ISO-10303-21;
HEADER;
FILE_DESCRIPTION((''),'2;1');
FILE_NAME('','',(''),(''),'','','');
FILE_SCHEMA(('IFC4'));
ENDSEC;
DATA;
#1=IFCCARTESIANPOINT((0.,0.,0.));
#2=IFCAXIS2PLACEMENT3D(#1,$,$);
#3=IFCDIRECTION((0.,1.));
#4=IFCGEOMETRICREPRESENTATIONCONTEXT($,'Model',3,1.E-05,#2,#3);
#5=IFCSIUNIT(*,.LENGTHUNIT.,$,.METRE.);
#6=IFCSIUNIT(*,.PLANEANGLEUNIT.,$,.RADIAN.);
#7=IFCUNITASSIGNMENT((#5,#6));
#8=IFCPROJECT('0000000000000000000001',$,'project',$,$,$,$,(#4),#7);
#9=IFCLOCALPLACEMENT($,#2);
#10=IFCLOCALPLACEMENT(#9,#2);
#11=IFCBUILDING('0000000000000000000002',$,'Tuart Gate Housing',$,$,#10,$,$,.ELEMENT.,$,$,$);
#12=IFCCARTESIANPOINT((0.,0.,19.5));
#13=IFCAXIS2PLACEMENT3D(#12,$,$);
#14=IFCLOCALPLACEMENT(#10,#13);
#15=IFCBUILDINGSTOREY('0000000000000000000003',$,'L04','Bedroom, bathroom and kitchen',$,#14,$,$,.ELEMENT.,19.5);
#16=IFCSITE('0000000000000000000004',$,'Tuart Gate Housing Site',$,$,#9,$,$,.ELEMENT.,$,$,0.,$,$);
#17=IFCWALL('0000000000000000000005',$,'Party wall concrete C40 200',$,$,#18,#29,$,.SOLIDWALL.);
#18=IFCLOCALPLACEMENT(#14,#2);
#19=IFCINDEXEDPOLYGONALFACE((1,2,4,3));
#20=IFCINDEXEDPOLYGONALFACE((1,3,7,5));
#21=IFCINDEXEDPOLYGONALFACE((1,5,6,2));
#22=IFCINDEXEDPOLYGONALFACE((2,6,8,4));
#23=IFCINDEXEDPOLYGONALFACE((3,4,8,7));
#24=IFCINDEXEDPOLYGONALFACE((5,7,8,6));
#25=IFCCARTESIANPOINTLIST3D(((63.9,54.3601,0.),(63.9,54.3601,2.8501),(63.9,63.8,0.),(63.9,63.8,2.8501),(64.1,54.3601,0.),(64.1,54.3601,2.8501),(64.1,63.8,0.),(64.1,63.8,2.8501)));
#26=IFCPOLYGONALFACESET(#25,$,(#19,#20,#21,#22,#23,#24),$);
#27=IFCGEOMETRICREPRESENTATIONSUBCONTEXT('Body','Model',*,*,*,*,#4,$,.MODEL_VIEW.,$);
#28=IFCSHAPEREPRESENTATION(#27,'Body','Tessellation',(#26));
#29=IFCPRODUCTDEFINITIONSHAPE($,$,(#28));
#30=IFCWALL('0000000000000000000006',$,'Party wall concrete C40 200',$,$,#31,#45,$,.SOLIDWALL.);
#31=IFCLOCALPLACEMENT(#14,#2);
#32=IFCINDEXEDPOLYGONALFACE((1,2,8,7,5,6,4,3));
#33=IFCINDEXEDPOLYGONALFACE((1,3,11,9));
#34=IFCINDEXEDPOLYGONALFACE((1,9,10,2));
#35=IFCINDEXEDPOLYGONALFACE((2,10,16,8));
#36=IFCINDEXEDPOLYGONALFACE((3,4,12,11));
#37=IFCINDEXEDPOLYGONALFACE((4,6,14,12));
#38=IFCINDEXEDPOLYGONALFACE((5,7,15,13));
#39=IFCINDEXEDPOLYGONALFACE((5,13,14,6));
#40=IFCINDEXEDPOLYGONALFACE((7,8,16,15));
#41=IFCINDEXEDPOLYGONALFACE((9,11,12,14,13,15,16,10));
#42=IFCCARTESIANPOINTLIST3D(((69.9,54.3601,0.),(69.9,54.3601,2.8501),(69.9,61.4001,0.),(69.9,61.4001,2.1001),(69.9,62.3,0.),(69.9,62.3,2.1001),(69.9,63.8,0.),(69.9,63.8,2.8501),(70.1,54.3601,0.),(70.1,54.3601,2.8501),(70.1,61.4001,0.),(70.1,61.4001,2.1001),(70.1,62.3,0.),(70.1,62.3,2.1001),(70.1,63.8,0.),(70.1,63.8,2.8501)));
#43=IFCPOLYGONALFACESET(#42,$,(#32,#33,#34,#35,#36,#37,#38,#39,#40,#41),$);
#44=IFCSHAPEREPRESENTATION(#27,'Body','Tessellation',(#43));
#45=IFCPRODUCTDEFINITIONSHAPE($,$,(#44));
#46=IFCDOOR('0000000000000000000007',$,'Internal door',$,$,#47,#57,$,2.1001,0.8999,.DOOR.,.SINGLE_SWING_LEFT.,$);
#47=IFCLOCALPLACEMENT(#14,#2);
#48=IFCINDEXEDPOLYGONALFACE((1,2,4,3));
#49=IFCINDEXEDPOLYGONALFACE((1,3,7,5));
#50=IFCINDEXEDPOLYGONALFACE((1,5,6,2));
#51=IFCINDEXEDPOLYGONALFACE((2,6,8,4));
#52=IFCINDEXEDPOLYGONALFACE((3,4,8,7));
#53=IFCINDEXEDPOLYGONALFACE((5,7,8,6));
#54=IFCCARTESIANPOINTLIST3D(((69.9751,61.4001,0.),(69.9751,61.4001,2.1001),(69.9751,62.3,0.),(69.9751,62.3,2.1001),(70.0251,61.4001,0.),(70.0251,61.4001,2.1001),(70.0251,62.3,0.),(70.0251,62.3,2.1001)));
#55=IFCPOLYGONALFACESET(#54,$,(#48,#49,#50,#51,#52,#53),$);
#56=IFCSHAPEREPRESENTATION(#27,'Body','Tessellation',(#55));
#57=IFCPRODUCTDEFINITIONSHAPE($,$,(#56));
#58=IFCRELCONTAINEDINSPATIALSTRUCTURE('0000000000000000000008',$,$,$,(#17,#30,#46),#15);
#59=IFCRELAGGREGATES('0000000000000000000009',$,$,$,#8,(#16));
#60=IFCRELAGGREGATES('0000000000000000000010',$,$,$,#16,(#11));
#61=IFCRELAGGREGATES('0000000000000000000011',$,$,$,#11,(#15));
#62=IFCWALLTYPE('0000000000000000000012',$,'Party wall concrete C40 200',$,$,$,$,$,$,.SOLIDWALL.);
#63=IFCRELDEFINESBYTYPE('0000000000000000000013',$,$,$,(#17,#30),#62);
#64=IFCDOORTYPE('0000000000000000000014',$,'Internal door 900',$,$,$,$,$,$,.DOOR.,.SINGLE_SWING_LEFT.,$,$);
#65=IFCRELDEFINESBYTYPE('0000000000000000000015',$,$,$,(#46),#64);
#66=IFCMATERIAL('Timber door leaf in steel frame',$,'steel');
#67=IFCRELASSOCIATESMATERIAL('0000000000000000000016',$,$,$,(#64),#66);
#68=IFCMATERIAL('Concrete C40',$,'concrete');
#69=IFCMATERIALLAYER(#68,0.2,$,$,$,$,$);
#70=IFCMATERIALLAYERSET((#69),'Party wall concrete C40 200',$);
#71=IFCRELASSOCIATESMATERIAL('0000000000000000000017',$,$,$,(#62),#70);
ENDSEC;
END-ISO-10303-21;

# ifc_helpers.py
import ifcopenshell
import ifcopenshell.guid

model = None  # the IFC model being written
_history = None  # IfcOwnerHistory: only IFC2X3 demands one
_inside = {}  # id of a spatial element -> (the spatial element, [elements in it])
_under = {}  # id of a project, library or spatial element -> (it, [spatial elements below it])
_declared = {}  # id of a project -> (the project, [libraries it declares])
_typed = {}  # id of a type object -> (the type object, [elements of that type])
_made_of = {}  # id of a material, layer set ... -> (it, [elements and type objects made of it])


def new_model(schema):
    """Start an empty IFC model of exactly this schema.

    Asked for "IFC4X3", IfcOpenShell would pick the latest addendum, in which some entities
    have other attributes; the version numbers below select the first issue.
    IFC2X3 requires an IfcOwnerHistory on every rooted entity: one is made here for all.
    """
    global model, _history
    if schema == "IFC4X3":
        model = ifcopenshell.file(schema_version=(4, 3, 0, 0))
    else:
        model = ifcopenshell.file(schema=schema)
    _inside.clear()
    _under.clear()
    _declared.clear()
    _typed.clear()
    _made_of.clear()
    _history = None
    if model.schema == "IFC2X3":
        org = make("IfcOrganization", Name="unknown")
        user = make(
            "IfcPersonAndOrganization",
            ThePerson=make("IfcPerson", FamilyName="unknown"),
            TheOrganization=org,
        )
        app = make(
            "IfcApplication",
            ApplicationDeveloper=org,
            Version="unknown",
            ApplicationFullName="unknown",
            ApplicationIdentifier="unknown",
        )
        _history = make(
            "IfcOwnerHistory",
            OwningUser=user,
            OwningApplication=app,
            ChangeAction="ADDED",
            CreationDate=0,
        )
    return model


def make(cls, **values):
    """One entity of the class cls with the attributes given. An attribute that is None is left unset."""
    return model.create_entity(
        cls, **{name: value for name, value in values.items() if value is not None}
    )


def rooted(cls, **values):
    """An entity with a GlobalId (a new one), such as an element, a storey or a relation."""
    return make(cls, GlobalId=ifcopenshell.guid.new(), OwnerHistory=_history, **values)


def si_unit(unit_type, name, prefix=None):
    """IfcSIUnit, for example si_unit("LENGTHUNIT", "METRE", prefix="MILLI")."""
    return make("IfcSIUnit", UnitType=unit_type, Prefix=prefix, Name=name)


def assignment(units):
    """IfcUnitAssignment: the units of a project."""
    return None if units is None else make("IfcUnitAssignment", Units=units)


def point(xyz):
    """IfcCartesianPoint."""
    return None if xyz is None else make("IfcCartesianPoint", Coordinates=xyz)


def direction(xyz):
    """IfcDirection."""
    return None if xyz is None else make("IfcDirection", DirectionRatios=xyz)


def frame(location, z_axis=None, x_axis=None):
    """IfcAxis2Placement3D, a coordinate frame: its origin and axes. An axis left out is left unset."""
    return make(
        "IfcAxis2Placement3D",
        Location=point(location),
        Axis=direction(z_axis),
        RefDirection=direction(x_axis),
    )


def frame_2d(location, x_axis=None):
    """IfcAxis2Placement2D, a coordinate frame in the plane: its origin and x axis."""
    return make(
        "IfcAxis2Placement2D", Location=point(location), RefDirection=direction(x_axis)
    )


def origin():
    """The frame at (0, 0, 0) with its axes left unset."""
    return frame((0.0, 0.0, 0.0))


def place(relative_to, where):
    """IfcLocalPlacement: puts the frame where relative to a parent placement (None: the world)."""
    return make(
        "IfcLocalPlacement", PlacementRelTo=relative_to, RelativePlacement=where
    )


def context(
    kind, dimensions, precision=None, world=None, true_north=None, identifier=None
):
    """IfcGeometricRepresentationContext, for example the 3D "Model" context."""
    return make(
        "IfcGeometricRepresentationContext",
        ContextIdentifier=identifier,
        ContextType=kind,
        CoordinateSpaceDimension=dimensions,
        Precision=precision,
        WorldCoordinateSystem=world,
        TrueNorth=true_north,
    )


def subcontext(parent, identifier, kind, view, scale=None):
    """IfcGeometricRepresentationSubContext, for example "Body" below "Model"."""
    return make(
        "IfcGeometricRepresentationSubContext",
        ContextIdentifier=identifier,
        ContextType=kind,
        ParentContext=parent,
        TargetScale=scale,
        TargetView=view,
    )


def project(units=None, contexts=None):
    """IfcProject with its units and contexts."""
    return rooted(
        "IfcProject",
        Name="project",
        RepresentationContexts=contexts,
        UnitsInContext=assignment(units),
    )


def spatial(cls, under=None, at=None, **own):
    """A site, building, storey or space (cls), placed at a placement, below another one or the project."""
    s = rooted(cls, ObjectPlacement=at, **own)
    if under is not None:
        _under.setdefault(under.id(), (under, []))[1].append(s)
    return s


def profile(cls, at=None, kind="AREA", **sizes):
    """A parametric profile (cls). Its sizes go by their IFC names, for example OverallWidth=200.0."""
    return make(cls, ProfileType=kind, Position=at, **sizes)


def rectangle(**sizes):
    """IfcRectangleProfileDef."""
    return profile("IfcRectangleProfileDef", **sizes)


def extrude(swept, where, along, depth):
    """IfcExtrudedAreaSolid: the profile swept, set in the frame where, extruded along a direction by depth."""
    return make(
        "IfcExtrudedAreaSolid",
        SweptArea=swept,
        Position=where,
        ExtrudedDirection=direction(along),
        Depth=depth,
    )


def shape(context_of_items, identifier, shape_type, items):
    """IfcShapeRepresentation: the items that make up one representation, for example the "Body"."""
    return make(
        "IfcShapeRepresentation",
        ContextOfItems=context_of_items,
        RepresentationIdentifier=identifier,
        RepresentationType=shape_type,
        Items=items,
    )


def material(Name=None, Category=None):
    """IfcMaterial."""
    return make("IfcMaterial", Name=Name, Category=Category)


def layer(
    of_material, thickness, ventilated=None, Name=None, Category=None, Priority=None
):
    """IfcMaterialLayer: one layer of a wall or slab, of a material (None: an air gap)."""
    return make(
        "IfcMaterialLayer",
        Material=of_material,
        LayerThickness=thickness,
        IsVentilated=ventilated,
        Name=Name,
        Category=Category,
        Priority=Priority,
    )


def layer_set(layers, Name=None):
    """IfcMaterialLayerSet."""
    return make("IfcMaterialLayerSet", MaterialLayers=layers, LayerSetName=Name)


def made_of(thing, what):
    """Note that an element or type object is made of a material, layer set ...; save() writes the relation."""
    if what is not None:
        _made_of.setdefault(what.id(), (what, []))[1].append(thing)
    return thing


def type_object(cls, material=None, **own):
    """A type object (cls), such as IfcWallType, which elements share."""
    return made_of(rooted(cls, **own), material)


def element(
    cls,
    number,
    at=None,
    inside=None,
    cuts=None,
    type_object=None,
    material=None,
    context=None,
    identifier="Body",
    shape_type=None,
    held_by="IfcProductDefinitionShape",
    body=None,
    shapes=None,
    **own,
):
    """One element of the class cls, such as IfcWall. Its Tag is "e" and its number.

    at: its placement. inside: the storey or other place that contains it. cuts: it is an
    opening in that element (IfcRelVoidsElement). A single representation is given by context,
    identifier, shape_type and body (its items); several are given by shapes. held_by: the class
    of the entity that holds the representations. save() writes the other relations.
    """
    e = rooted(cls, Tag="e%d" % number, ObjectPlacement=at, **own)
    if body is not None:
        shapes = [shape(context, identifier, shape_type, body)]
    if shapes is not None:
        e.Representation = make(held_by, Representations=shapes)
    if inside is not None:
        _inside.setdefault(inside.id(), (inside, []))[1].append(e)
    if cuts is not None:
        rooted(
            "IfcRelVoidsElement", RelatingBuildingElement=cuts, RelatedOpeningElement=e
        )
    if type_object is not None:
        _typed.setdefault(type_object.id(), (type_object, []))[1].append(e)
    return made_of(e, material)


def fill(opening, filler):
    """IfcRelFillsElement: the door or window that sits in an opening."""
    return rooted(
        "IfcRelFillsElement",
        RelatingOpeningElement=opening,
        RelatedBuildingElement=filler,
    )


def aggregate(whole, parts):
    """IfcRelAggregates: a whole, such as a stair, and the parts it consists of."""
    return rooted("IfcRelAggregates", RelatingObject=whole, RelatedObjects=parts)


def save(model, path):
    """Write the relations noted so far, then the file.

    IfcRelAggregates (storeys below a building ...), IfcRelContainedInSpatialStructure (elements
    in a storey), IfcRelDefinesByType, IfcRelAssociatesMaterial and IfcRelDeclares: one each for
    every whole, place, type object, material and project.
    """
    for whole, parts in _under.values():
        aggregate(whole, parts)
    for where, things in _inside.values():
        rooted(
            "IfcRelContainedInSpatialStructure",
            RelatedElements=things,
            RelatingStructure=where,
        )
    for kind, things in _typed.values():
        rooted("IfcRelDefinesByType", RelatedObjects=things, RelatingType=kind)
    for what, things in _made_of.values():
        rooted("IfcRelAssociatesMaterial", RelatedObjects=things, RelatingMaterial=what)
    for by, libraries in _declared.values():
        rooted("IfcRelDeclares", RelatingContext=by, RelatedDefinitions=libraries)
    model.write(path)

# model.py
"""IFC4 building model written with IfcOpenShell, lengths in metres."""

from ifc_helpers import new_model, si_unit, direction, frame, frame_2d, origin, place, context, subcontext, project, spatial, rectangle, extrude, material, layer, layer_set, type_object, element, fill, save


model = new_model("IFC4")

# Units and contexts
model_context = context("Model", 3, precision=1e-05, world=origin(), true_north=direction((0.0, 1.0)))
body_context = subcontext(model_context, "Body", "Model", "MODEL_VIEW")
ifc_project = project(units=[si_unit("LENGTHUNIT", "METRE"), si_unit("PLANEANGLEUNIT", "RADIAN")], contexts=[model_context])

# Site, building, storey
site_placement = place(None, origin())
site = spatial("IfcSite", under=ifc_project, at=site_placement, Name="Tuart Gate Housing Site", CompositionType="ELEMENT", RefElevation=0.0)
building_placement = place(site_placement, origin())
building = spatial("IfcBuilding", under=site, at=building_placement, Name="Tuart Gate Housing", CompositionType="ELEMENT")
storey_placement = place(building_placement, frame((0.0, 0.0, 19.5)))
storey = spatial("IfcBuildingStorey", under=building, at=storey_placement, Name="L04", Description="Bedroom, bathroom and kitchen", CompositionType="ELEMENT", Elevation=19.5)

# Shared definitions
ifc_material_1 = material(Name="Timber door leaf in steel frame", Category="steel")
door_type_1 = type_object("IfcDoorType", Name="Internal door 900", OperationType="SINGLE_SWING_LEFT", PredefinedType="DOOR", material=ifc_material_1)

# Wall
ifc_material_2 = material(Name="Concrete C40", Category="concrete")
ifc_layer_1 = layer(ifc_material_2, 0.2)
ifc_layer_set_1 = layer_set([ifc_layer_1], Name="Party wall concrete C40 200")
wall_type_1 = type_object("IfcWallType", Name="Party wall concrete C40 200", PredefinedType="SOLIDWALL", material=ifc_layer_set_1)
wall_1_placement = place(storey_placement, frame((64.0, 54.3601, 0.0), z_axis=(0.0, 0.0, 1.0), x_axis=(0.0, 1.0, 0.0)))
element("IfcWall", 1, at=wall_1_placement, inside=storey, type_object=wall_type_1, Name="Party wall concrete C40 200", PredefinedType="SOLIDWALL", context=body_context, shape_type="SweptSolid", body=[
    extrude(rectangle(XDim=9.4399, YDim=0.2, at=frame_2d((4.72, 0.0))), origin(), (0.0, 0.0, 1.0), 2.8501),
])

# Wall, opening, door
wall_2_placement = place(storey_placement, frame((70.0, 54.3601, 0.0), z_axis=(0.0, 0.0, 1.0), x_axis=(0.0, 1.0, 0.0)))
wall_2 = element("IfcWall", 2, at=wall_2_placement, inside=storey, type_object=wall_type_1, Name="Party wall concrete C40 200", PredefinedType="SOLIDWALL", context=body_context, shape_type="SweptSolid", body=[
    extrude(rectangle(XDim=9.4399, YDim=0.2, at=frame_2d((4.72, 0.0))), origin(), (0.0, 0.0, 1.0), 2.8501),
])
opening_1_placement = place(wall_2_placement, frame((7.04, 0.0, 0.0)))
opening_1 = element("IfcOpeningElement", 3, at=opening_1_placement, cuts=wall_2, PredefinedType="OPENING", context=body_context, shape_type="SweptSolid", body=[
    extrude(rectangle(XDim=0.8999, YDim=2.1001, at=frame_2d((0.45, 1.05))), frame((0.0, 0.1099, 0.0), z_axis=(0.0, -1.0, 0.0), x_axis=(1.0, 0.0, 0.0)), (0.0, 0.0, 1.0), 0.22),
])
door_1_placement = place(opening_1_placement, origin())
door_1 = element("IfcDoor", 4, at=door_1_placement, inside=storey, type_object=door_type_1, Name="Internal door", OperationType="SINGLE_SWING_LEFT", OverallHeight=2.1001, OverallWidth=0.8999, PredefinedType="DOOR", context=body_context, shape_type="SweptSolid", body=[
    extrude(rectangle(XDim=0.8999, YDim=2.1001, at=frame_2d((0.45, 1.05))), frame((0.0, 0.0249, 0.0), z_axis=(0.0, -1.0, 0.0), x_axis=(1.0, 0.0, 0.0)), (0.0, 0.0, 1.0), 0.05),
])
fill(opening_1, door_1)

save(model, "model.ifc")
